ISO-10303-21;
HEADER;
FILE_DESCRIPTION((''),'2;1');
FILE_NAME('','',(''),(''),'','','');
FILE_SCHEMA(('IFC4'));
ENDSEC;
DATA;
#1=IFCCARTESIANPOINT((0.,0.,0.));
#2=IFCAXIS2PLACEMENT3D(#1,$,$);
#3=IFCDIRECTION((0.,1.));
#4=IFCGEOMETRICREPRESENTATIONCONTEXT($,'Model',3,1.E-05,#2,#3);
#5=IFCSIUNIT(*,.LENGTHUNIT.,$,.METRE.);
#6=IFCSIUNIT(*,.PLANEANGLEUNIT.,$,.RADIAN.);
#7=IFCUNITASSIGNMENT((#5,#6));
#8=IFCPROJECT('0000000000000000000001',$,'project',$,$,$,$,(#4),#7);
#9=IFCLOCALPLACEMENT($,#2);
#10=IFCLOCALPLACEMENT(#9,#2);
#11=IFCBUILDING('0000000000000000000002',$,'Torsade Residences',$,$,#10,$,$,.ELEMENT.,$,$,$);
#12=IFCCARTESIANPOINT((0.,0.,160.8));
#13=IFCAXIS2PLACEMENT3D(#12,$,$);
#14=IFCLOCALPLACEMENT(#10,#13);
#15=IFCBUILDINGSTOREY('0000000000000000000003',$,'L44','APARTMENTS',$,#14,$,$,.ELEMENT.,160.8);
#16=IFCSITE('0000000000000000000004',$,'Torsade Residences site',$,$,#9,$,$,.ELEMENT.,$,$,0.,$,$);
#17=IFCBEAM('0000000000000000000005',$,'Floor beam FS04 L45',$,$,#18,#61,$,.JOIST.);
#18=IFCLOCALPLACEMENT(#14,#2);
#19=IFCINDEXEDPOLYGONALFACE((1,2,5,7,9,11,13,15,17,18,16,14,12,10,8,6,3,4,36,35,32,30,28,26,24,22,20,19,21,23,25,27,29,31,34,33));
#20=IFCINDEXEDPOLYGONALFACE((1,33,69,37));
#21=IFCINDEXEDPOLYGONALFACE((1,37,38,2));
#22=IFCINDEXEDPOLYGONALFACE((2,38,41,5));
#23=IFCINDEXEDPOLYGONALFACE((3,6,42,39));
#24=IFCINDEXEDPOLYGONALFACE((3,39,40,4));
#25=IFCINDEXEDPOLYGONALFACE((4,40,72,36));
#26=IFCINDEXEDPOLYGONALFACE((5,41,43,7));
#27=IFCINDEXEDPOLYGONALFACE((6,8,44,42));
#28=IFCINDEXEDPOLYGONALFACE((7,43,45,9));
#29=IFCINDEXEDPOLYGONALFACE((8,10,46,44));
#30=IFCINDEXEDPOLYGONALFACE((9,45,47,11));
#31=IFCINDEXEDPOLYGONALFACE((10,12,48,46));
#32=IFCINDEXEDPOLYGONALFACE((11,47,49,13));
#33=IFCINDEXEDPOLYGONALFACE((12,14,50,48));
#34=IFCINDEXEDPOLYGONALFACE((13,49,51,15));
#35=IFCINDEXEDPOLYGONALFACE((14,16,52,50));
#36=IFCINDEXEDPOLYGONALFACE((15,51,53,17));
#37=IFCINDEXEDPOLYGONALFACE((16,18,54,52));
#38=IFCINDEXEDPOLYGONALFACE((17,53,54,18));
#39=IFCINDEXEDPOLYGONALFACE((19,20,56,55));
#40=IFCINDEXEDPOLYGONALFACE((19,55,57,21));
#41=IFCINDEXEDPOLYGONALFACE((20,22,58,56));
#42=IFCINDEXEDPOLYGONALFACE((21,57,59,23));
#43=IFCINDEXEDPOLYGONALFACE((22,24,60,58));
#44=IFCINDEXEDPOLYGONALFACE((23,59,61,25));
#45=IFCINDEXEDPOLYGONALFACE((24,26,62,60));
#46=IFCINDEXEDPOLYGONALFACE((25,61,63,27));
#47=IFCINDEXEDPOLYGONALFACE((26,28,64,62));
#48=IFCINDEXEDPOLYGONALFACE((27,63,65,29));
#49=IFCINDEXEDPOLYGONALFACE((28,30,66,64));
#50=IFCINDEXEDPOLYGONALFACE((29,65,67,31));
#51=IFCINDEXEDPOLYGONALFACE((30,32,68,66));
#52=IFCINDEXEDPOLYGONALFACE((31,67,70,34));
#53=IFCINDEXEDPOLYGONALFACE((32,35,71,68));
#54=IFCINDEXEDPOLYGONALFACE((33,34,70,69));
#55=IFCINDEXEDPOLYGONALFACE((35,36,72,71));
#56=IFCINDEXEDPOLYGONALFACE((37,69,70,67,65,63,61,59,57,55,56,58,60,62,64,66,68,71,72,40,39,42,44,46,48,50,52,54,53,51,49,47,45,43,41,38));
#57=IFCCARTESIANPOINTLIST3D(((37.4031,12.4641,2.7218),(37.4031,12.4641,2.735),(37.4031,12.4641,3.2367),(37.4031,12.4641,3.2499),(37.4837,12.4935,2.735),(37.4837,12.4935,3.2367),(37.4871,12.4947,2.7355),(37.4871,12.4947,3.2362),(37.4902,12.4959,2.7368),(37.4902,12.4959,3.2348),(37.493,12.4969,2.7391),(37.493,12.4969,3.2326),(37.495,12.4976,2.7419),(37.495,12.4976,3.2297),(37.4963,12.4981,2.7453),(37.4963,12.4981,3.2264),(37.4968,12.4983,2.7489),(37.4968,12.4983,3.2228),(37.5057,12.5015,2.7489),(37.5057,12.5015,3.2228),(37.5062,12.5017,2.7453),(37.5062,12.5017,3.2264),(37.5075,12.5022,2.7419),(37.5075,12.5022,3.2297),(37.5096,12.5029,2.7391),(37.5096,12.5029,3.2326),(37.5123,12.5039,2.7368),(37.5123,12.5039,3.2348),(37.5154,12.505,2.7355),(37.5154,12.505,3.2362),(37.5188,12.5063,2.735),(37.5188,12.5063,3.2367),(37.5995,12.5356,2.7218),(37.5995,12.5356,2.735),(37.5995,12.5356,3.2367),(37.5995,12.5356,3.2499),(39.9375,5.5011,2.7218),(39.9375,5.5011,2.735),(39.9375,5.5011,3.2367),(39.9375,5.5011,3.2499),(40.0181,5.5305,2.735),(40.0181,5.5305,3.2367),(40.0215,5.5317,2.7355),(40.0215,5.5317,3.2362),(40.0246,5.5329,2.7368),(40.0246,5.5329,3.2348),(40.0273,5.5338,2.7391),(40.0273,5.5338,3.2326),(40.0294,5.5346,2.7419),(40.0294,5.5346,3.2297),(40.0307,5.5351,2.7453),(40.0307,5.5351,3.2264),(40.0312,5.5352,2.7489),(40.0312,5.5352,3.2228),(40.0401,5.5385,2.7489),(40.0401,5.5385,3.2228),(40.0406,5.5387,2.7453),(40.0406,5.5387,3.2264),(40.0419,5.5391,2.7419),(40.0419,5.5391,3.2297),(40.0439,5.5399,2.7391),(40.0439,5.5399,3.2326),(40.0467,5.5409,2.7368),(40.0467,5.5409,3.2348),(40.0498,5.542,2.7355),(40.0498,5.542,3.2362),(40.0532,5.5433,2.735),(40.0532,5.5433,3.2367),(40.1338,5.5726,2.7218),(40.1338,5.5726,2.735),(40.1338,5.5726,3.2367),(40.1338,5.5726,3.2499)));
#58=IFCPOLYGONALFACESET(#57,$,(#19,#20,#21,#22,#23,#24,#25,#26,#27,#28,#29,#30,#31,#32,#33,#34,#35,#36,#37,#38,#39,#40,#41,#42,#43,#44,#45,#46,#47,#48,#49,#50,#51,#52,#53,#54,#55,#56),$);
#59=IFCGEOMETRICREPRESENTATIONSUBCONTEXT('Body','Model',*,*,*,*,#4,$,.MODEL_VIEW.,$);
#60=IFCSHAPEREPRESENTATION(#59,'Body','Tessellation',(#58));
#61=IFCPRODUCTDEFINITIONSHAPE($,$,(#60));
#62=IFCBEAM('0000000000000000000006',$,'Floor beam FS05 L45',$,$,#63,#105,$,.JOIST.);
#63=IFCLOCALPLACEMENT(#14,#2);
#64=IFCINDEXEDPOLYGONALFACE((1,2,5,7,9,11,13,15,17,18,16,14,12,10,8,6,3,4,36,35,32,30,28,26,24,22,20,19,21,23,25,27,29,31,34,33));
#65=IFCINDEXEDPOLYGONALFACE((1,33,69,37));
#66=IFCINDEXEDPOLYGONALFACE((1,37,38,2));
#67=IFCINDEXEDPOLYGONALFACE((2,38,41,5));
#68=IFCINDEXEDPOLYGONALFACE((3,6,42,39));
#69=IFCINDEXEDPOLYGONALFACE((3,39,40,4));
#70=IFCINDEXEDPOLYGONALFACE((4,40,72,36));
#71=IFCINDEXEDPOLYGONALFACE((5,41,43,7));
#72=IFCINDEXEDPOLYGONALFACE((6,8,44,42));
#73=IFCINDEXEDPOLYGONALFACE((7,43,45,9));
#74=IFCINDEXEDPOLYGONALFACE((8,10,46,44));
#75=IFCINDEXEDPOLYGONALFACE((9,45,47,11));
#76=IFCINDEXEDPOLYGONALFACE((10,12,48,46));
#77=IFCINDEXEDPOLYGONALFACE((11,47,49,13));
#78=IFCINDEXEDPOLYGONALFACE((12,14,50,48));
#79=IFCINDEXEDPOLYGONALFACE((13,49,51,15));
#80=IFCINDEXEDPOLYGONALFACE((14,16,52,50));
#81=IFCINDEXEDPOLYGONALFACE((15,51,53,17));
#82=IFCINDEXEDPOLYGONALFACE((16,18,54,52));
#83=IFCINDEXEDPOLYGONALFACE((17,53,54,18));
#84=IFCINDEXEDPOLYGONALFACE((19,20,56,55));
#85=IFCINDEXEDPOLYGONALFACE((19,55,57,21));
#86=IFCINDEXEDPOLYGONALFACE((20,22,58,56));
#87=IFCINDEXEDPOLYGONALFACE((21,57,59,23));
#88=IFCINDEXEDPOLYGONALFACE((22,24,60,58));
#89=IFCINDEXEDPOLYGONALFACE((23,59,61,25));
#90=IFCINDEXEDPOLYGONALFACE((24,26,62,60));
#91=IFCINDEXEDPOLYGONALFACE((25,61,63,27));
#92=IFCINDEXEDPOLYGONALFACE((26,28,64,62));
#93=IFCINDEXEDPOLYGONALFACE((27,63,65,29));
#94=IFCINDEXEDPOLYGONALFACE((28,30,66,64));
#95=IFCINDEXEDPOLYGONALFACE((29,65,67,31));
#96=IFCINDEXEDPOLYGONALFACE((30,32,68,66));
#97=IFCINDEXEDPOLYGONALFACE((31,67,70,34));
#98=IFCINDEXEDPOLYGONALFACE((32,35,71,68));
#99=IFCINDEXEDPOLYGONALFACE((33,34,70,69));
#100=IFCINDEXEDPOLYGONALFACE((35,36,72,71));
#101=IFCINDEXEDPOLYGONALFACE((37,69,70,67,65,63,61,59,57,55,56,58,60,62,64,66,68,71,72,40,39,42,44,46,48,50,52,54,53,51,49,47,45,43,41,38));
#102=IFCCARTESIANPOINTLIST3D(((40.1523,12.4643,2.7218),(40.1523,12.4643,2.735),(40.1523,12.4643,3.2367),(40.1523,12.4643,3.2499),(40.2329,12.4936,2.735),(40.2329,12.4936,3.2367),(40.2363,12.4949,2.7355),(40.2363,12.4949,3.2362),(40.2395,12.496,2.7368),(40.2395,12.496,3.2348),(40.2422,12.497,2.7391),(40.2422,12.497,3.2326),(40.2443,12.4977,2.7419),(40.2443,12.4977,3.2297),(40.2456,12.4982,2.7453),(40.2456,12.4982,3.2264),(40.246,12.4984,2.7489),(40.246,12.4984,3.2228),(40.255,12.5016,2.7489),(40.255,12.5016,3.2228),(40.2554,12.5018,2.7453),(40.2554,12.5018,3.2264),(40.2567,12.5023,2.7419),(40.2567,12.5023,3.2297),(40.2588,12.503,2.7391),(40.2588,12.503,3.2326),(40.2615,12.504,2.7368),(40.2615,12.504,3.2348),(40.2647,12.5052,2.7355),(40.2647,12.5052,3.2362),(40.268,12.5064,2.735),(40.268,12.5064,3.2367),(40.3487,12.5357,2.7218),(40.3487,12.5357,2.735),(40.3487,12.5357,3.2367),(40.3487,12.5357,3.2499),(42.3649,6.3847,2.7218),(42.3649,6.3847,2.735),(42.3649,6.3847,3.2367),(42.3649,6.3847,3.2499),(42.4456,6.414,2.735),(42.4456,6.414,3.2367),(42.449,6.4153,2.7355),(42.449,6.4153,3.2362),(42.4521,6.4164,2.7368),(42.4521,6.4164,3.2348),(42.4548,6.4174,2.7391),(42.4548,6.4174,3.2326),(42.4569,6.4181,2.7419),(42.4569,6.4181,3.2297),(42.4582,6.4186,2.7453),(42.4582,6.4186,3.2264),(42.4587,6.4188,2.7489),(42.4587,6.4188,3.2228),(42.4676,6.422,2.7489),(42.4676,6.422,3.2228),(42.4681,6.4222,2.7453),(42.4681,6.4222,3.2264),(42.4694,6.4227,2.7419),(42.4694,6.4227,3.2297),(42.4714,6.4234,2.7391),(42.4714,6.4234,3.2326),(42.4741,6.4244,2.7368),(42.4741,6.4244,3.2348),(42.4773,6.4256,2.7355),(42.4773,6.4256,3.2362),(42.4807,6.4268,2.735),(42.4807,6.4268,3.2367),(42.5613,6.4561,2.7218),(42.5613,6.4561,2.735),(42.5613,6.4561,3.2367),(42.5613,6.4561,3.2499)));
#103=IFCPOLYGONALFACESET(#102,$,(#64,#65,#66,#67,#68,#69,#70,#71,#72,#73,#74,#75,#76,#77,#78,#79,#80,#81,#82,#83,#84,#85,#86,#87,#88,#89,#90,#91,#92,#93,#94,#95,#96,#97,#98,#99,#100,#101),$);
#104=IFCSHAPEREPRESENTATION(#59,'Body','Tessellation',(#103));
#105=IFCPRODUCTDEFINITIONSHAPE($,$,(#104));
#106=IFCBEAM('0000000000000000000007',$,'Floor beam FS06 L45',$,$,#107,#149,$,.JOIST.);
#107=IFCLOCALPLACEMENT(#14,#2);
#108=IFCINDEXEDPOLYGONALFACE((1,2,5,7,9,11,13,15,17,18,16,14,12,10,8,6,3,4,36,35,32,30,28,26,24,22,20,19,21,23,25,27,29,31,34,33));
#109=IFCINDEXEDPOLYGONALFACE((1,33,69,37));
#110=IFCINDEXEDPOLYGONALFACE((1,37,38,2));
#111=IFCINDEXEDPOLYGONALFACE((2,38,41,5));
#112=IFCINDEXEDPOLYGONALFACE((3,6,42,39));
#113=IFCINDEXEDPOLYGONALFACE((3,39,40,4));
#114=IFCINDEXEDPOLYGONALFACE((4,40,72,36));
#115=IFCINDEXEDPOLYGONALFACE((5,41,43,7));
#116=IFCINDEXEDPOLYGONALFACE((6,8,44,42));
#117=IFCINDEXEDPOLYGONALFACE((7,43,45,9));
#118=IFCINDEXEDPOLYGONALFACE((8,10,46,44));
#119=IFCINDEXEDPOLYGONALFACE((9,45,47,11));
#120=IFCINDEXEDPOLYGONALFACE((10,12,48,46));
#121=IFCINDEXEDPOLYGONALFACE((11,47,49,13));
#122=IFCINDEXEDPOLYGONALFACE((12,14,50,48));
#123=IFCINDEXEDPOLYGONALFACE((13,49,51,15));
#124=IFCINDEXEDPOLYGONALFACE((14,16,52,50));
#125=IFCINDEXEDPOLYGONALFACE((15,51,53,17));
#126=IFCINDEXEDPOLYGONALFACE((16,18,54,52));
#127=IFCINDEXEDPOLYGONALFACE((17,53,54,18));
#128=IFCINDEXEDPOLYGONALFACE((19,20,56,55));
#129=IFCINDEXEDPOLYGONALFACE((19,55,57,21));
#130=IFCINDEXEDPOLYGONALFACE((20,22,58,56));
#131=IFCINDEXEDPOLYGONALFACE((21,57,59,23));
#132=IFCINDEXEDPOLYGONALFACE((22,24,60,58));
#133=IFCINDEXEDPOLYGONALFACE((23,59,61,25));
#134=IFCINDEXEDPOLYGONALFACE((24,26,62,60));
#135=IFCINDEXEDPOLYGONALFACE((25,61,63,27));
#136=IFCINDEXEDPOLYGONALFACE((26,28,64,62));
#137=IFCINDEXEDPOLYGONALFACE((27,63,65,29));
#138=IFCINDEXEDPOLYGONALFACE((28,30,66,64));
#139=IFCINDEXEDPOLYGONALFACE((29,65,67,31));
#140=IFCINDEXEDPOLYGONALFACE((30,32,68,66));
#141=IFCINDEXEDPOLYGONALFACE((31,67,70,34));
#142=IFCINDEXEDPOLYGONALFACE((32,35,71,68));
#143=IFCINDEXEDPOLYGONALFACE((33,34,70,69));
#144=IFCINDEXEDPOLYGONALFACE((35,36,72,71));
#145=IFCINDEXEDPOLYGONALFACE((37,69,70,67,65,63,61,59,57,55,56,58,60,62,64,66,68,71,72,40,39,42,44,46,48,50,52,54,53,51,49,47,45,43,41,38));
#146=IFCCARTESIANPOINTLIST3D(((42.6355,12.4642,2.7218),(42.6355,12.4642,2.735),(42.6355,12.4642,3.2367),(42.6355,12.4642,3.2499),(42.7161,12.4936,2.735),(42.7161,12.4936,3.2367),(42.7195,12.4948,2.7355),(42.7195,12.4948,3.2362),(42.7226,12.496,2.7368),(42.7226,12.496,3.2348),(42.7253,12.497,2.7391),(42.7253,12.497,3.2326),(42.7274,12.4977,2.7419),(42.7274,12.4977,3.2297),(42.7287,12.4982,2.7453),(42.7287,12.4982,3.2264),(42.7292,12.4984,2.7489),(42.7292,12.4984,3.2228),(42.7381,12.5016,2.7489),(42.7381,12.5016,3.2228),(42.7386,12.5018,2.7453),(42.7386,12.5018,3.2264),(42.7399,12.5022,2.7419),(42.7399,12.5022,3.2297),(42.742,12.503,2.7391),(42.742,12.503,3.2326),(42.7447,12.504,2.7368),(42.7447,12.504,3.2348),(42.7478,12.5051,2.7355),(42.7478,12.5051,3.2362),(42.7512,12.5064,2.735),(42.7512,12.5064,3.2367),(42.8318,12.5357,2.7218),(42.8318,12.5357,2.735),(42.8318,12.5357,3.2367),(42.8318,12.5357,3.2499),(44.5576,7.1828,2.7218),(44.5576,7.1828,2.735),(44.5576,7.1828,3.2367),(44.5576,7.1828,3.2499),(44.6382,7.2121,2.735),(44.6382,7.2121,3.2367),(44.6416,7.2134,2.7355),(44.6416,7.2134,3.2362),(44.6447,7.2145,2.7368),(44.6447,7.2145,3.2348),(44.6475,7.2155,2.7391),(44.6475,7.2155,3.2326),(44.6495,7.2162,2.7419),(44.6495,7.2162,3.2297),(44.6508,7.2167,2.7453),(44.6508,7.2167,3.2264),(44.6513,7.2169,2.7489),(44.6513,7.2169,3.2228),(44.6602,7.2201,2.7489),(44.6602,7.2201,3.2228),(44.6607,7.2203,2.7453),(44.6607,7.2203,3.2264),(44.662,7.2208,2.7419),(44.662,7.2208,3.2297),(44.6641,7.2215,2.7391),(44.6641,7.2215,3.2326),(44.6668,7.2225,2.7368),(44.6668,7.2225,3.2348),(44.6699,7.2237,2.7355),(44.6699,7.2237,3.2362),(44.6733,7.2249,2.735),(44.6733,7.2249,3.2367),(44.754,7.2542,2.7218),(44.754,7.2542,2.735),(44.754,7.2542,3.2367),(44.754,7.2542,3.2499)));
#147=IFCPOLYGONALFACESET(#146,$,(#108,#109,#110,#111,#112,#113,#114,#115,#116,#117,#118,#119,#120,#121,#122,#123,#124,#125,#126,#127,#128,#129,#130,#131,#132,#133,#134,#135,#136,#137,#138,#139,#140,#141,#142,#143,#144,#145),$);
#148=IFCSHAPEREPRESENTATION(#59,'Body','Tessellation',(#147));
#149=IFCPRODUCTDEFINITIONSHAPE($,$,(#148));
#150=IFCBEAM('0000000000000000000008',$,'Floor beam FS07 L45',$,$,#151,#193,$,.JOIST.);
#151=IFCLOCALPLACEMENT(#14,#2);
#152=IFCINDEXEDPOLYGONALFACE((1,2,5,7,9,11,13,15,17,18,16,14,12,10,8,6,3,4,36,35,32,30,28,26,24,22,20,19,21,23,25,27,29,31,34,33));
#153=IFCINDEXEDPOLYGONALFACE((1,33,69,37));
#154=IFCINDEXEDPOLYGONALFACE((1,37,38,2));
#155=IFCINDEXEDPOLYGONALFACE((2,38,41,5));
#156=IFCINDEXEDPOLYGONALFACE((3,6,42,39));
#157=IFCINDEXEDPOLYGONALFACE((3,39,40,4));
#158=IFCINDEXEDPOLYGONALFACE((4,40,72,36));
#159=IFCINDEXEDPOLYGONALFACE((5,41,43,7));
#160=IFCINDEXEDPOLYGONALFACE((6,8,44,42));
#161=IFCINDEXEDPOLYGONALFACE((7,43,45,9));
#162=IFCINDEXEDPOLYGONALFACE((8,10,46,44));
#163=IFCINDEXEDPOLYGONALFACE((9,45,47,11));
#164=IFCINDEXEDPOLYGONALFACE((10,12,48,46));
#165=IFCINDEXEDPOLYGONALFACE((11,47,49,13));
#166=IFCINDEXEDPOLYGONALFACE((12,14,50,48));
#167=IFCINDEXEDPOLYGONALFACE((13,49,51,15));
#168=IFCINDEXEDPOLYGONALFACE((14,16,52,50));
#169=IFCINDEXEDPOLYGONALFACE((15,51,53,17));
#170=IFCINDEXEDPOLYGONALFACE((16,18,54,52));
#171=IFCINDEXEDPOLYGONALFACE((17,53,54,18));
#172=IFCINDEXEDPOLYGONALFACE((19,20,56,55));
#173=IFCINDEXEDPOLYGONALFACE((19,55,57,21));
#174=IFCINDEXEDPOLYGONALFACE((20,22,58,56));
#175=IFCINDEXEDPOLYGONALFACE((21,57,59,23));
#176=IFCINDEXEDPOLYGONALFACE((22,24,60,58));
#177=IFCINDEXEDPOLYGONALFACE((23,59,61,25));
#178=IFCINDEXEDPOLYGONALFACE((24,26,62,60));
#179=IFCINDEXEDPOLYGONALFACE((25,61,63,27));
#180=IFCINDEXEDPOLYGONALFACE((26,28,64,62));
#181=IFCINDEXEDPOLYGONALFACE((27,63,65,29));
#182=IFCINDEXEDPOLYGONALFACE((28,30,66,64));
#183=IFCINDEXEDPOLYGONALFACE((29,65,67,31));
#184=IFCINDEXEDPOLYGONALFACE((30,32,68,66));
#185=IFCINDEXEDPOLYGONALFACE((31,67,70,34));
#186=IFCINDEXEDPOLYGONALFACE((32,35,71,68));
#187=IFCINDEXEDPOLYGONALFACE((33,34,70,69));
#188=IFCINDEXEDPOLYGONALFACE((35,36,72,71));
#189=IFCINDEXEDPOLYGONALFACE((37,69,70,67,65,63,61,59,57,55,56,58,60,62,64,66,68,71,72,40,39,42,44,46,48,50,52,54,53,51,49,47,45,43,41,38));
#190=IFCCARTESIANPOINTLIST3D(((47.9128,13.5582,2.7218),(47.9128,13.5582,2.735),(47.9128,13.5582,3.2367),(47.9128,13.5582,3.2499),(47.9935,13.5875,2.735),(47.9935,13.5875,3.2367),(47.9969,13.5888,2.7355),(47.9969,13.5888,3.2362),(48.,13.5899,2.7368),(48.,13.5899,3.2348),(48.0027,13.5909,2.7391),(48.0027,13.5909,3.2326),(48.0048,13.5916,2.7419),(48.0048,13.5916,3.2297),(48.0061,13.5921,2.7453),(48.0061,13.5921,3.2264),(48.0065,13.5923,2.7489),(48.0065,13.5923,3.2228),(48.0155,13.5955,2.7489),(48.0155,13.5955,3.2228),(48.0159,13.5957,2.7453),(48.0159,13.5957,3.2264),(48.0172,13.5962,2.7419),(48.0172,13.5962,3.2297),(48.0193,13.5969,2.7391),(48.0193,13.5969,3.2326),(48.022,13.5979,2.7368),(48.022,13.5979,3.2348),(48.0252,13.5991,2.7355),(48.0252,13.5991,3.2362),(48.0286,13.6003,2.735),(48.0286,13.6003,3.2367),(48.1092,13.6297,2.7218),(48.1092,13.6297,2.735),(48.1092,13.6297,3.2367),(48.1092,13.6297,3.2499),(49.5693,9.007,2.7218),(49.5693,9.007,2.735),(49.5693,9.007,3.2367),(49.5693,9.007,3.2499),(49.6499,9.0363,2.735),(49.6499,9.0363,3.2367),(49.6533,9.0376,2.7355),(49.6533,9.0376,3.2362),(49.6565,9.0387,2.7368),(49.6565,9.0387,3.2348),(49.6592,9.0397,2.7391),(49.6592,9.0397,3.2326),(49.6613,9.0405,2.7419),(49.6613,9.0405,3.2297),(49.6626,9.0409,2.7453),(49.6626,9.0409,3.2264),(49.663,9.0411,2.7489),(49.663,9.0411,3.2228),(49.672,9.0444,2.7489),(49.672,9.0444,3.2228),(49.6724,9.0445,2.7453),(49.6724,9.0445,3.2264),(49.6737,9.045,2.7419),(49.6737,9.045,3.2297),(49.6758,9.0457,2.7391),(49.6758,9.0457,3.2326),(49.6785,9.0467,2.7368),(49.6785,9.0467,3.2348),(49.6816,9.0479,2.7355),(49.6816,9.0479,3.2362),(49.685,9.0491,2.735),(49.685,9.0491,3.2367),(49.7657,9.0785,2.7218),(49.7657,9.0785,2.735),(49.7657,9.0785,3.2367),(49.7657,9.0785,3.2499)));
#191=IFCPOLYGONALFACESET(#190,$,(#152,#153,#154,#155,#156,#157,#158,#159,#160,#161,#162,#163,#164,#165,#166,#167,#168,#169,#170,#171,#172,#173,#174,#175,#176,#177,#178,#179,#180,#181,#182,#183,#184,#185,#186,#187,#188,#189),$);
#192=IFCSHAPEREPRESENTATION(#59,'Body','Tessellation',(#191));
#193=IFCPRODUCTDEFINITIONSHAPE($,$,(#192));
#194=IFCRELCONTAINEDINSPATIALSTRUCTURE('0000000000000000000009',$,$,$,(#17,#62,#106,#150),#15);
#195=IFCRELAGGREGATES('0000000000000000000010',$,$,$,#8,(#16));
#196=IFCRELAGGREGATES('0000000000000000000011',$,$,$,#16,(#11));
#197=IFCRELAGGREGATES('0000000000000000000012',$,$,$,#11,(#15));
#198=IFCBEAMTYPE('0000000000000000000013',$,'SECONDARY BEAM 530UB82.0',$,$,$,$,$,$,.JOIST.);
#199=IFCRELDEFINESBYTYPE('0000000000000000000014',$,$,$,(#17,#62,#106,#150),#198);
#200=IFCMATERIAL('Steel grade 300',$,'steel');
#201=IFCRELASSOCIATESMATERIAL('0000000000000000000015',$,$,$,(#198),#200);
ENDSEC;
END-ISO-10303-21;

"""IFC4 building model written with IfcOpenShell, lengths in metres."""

from ifc_helpers import new_model, si_unit, direction, frame, origin, origin_2d, place, context, subcontext, project, spatial, i_section, extrude, material, material_profile, profile_set, type_object, element, save


model = new_model("IFC4")

# Units and contexts
model_context = context("Model", 3, precision=1e-05, world=origin(), true_north=direction((0.0, 1.0)))
body_context = subcontext(model_context, "Body", "Model", "MODEL_VIEW")
ifc_project = project(units=[si_unit("LENGTHUNIT", "METRE"), si_unit("PLANEANGLEUNIT", "RADIAN")], contexts=[model_context])

# Site, building, storey
site_placement = place(None, origin())
site = spatial("IfcSite", under=ifc_project, at=site_placement, Name="Torsade Residences site", CompositionType="ELEMENT", RefElevation=0.0)
building_placement = place(site_placement, origin())
building = spatial("IfcBuilding", under=site, at=building_placement, Name="Torsade Residences", CompositionType="ELEMENT")
storey_placement = place(building_placement, frame((0.0, 0.0, 160.8)))
storey = spatial("IfcBuildingStorey", under=building, at=storey_placement, Name="L44", Description="APARTMENTS", CompositionType="ELEMENT", Elevation=160.8)

# Beams
ifc_material_1 = material(Name="Steel grade 300", Category="steel")
ifc_material_profile_1 = material_profile(ifc_material_1, i_section(OverallWidth=0.209, OverallDepth=0.5281, WebThickness=0.0095, FlangeThickness=0.0132, FilletRadius=0.0139, at=origin_2d()), Name="530UB82.0")
ifc_profile_set_1 = profile_set([ifc_material_profile_1], Name="Steel grade 300")
beam_type_1 = type_object("IfcBeamType", Name="SECONDARY BEAM 530UB82.0", PredefinedType="JOIST", material=ifc_profile_set_1)
beam_1_placement = place(storey_placement, frame((40.0356, 5.5369, 2.9858), z_axis=(-0.342026, 0.93969, 0.0), x_axis=(-0.93969, -0.342026, 0.0)))
element("IfcBeam", 1, at=beam_1_placement, inside=storey, type_object=beam_type_1, Name="Floor beam FS04 L45", PredefinedType="JOIST", context=body_context, shape_type="SweptSolid", body=[
    extrude(i_section(OverallWidth=0.209, OverallDepth=0.5281, WebThickness=0.0095, FlangeThickness=0.0132, FilletRadius=0.0139, at=origin_2d()), origin(), (0.0, 0.0, 1.0), 7.4099),
])
beam_2_placement = place(storey_placement, frame((42.4631, 6.4204, 2.9858), z_axis=(-0.342001, 0.9397, 0.0), x_axis=(-0.9397, -0.342001, 0.0)))
element("IfcBeam", 2, at=beam_2_placement, inside=storey, type_object=beam_type_1, Name="Floor beam FS05 L45", PredefinedType="JOIST", context=body_context, shape_type="SweptSolid", body=[
    extrude(i_section(OverallWidth=0.209, OverallDepth=0.5281, WebThickness=0.0095, FlangeThickness=0.0132, FilletRadius=0.0139, at=origin_2d()), origin(), (0.0, 0.0, 1.0), 6.4697),
])
beam_3_placement = place(storey_placement, frame((44.6558, 7.2185, 2.9858), z_axis=(-0.341991, 0.939703, 0.0), x_axis=(-0.939703, -0.341991, 0.0)))
element("IfcBeam", 3, at=beam_3_placement, inside=storey, type_object=beam_type_1, Name="Floor beam FS06 L45", PredefinedType="JOIST", context=body_context, shape_type="SweptSolid", body=[
    extrude(i_section(OverallWidth=0.209, OverallDepth=0.5281, WebThickness=0.0095, FlangeThickness=0.0132, FilletRadius=0.0139, at=origin_2d()), origin(), (0.0, 0.0, 1.0), 5.6204),
])
beam_4_placement = place(storey_placement, frame((49.6675, 9.0427, 2.9858), z_axis=(-0.342014, 0.939695, 0.0), x_axis=(-0.939695, -0.342014, 0.0)))
element("IfcBeam", 4, at=beam_4_placement, inside=storey, type_object=beam_type_1, Name="Floor beam FS07 L45", PredefinedType="JOIST", context=body_context, shape_type="SweptSolid", body=[
    extrude(i_section(OverallWidth=0.209, OverallDepth=0.5281, WebThickness=0.0095, FlangeThickness=0.0132, FilletRadius=0.0139, at=origin_2d()), origin(), (0.0, 0.0, 1.0), 4.8433),
])

save(model, "model.ifc")
